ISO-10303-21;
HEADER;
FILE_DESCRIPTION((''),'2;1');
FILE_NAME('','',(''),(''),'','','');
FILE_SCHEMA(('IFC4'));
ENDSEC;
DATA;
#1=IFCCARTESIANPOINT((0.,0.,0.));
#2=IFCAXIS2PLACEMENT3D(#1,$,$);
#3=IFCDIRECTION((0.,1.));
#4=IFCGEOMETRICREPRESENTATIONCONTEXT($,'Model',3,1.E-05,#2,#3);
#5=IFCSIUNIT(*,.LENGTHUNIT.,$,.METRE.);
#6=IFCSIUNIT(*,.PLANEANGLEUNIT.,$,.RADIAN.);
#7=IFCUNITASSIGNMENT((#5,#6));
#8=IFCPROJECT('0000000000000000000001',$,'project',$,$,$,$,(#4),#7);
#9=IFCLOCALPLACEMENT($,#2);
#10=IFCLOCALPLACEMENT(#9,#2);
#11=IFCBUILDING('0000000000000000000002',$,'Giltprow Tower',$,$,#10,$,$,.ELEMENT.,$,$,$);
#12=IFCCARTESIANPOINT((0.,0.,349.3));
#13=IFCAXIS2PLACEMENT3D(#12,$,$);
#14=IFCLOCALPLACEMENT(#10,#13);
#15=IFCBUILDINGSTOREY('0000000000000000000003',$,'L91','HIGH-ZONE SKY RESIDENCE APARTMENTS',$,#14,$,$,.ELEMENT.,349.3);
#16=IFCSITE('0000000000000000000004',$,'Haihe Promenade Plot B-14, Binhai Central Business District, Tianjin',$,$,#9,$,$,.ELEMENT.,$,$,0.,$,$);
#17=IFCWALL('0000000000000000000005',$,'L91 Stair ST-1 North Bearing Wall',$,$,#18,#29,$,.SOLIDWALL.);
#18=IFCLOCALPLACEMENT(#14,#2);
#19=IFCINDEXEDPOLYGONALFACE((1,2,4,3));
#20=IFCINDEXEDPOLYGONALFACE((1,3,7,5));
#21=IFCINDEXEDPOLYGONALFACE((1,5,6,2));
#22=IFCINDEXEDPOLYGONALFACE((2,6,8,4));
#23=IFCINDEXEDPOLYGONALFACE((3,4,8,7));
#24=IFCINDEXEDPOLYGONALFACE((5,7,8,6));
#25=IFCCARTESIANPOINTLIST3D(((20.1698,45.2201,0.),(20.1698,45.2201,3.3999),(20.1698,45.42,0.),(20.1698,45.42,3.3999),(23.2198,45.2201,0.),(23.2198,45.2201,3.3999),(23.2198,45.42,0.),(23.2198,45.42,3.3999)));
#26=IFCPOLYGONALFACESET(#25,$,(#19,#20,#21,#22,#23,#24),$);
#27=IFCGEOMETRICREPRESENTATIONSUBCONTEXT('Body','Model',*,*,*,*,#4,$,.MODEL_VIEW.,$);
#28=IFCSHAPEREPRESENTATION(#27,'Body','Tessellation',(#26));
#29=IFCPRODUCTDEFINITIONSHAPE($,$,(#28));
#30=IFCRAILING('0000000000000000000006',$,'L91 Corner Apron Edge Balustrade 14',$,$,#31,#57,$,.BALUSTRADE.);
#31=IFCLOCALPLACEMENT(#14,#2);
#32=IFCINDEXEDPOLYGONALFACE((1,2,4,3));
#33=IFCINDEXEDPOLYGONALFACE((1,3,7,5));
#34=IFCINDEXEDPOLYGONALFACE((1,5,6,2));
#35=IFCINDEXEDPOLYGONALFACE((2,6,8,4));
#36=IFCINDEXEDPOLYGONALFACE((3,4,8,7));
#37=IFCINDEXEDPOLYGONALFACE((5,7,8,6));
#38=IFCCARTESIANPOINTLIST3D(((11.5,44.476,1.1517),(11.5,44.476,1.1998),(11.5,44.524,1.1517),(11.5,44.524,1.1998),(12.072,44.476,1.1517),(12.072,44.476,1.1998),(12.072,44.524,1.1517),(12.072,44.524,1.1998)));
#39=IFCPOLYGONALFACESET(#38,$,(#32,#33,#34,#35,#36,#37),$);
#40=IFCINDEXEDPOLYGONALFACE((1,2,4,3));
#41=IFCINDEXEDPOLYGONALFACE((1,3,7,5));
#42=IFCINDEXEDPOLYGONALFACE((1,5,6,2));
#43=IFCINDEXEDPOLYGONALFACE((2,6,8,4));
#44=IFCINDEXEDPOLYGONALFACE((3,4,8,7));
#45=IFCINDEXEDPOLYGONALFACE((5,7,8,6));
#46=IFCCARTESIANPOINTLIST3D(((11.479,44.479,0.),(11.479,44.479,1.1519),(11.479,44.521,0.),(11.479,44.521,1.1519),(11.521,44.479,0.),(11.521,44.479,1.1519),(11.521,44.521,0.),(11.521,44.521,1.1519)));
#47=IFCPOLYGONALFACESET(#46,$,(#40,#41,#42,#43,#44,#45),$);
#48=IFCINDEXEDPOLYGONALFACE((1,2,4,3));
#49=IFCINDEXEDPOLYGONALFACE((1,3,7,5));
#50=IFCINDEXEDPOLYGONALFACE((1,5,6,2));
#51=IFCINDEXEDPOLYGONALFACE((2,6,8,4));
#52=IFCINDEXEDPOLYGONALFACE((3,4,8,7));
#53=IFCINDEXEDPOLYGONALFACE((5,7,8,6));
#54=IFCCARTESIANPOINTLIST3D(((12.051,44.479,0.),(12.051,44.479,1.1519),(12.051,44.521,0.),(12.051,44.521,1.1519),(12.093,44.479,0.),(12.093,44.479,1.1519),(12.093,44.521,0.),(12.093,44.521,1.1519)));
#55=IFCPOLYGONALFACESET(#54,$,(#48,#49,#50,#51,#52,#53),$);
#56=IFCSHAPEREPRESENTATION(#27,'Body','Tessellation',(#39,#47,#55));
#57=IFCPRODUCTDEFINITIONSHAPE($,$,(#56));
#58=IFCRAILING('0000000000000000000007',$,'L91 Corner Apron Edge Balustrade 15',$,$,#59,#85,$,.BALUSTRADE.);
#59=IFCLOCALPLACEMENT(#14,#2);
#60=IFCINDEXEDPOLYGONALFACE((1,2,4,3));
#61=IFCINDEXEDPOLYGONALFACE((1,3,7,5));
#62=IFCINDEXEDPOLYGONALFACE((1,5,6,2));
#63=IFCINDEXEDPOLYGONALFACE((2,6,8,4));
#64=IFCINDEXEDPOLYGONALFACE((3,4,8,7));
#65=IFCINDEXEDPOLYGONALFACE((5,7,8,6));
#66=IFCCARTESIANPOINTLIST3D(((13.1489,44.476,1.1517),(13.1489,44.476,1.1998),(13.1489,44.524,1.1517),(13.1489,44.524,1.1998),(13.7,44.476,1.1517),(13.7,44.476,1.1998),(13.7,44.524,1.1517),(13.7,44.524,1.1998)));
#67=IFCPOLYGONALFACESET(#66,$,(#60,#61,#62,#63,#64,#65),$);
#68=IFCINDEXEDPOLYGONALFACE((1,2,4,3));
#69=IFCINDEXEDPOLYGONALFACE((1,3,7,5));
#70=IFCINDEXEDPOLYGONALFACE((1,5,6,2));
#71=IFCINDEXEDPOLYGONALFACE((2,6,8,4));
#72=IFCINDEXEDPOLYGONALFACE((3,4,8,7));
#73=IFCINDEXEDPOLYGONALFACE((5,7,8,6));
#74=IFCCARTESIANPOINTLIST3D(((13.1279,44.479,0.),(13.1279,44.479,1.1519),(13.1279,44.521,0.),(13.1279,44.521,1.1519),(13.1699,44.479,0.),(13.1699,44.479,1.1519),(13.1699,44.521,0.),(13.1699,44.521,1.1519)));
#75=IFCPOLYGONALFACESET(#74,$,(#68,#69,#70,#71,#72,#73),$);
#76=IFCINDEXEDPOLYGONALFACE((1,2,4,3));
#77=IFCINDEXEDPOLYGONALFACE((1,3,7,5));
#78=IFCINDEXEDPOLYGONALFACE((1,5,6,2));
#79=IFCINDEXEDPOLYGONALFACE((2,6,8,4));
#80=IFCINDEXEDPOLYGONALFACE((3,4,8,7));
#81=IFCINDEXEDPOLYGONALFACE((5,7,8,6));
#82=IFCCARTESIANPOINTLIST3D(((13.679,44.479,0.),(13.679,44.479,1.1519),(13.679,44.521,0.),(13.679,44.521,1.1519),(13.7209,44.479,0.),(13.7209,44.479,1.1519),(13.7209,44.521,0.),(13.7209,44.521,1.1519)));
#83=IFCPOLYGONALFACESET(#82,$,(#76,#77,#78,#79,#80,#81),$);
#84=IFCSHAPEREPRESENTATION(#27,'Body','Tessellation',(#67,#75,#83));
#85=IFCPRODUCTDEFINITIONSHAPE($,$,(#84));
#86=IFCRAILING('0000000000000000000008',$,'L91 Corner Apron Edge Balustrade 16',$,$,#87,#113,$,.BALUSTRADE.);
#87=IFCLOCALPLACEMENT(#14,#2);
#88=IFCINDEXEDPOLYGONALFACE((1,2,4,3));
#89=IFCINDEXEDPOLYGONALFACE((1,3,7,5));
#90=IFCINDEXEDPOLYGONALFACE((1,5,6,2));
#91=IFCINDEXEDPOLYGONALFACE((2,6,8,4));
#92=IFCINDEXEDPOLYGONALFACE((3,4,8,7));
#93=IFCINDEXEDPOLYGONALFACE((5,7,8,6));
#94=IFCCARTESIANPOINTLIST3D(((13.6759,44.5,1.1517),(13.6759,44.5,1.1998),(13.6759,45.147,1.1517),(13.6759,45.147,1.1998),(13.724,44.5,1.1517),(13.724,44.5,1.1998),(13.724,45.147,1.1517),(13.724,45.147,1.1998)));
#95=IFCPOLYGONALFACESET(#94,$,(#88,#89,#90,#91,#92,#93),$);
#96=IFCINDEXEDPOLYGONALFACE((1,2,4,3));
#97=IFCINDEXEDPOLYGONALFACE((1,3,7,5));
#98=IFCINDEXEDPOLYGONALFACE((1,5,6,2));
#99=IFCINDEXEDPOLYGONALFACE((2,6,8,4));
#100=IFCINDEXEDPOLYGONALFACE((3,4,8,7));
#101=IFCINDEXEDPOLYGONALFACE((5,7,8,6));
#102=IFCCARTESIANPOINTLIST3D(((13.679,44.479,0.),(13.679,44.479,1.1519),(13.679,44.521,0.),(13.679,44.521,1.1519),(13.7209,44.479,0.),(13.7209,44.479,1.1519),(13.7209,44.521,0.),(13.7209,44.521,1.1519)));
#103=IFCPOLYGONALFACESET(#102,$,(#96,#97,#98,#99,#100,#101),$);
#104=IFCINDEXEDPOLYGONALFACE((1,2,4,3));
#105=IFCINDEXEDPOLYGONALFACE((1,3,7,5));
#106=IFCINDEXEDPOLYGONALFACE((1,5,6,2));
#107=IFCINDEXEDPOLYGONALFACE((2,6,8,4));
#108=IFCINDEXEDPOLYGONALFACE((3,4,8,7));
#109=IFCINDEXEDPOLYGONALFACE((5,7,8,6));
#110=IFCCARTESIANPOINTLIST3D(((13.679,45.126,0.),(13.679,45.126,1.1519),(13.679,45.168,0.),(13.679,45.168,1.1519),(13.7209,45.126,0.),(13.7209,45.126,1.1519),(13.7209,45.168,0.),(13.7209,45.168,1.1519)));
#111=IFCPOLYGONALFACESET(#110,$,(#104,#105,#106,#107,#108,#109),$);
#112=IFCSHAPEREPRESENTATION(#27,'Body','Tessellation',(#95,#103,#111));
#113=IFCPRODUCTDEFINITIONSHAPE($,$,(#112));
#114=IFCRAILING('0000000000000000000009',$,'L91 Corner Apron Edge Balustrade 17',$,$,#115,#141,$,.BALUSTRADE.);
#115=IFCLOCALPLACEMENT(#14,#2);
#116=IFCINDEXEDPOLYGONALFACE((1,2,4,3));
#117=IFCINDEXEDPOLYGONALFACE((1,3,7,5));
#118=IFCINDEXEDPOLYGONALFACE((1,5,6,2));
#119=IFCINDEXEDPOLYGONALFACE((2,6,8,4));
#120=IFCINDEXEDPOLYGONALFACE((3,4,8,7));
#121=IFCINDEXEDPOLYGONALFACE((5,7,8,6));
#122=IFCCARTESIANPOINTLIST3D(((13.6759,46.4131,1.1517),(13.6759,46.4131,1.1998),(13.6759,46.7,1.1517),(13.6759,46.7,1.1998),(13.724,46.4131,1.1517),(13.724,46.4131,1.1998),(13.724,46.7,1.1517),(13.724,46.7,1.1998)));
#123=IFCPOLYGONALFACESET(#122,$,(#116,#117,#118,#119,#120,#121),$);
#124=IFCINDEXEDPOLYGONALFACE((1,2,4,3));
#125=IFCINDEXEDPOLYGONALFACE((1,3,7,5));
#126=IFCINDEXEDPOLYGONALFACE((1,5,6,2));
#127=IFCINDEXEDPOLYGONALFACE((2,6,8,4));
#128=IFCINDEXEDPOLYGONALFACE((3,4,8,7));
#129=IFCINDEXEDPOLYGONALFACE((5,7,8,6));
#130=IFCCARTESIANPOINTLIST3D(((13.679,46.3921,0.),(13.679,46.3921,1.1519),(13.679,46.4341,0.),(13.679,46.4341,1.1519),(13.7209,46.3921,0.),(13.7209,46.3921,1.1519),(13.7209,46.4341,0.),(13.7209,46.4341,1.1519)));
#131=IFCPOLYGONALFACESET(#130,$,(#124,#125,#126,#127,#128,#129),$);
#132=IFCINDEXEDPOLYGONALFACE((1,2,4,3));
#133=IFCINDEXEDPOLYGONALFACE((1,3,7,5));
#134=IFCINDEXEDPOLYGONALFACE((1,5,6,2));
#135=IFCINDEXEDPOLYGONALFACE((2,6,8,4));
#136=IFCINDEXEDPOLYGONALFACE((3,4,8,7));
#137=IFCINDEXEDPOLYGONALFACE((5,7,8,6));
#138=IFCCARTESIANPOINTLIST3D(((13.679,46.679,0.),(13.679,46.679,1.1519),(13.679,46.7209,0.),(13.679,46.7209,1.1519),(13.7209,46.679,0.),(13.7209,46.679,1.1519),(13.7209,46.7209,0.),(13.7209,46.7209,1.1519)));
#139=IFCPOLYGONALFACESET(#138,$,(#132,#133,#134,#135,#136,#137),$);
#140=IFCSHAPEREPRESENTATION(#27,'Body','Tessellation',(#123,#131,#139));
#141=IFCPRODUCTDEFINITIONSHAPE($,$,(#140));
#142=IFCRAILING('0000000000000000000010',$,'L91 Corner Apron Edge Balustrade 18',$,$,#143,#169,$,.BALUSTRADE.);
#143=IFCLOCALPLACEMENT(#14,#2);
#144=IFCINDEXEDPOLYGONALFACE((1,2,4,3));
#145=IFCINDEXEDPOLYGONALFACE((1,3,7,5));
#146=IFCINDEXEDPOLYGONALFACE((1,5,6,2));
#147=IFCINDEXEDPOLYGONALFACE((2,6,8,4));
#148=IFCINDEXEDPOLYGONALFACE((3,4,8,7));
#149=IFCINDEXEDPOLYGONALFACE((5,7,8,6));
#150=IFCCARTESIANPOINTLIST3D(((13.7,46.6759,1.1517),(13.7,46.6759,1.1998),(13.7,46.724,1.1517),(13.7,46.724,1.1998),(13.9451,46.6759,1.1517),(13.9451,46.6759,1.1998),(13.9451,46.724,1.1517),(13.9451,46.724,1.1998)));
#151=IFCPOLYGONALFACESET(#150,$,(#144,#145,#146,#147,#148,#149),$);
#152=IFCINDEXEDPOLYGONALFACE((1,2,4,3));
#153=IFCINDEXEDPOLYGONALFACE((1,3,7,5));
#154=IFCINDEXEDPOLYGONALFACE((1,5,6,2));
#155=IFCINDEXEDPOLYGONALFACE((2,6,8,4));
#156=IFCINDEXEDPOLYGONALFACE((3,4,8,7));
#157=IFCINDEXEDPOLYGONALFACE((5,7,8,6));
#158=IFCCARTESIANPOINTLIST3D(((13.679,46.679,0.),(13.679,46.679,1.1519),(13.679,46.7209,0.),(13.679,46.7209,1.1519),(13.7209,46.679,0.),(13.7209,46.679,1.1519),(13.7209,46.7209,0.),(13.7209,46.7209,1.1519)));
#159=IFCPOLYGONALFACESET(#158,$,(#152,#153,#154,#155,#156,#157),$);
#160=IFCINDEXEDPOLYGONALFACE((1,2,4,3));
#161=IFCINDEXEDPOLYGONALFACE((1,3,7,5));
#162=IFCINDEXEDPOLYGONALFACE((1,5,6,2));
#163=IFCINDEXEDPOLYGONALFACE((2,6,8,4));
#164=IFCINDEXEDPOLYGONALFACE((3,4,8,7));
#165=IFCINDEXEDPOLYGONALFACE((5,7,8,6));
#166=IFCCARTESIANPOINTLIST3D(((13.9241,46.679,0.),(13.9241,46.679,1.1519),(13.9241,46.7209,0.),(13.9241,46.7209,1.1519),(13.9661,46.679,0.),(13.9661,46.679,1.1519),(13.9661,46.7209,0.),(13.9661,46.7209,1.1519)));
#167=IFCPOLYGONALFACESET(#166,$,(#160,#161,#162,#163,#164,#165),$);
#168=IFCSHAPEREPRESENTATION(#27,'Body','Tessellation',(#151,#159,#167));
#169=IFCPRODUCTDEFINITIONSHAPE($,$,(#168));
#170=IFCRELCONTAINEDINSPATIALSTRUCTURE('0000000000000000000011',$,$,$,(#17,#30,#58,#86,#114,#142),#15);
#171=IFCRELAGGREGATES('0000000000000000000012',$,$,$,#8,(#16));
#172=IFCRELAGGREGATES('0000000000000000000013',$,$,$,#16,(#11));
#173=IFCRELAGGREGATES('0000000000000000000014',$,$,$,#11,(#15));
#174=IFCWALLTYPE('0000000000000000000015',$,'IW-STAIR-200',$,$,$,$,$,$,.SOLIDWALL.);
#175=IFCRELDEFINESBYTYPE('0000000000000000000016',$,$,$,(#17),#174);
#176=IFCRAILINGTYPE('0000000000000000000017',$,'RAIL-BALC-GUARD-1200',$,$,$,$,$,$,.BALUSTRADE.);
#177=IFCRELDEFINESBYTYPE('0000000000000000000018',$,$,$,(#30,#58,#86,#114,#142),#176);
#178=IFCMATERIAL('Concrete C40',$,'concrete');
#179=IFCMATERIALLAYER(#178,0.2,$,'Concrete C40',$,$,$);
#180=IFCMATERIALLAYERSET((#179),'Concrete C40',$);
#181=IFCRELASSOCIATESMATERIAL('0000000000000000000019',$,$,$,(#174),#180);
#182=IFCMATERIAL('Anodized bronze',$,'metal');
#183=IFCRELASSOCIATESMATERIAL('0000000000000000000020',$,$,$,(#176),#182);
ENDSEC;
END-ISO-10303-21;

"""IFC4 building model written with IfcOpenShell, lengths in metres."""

from ifc_helpers import new_model, si_unit, direction, frame, frame_2d, origin, origin_2d, place, context, subcontext, project, spatial, rectangle, extrude, material, layer, layer_set, type_object, element, save


model = new_model("IFC4")

# Units and contexts
model_context = context("Model", 3, precision=1e-05, world=origin(), true_north=direction((0.0, 1.0)))
body_context = subcontext(model_context, "Body", "Model", "MODEL_VIEW")
ifc_project = project(units=[si_unit("LENGTHUNIT", "METRE"), si_unit("PLANEANGLEUNIT", "RADIAN")], contexts=[model_context])

# Site, building, storey
site_placement = place(None, origin())
site = spatial("IfcSite", under=ifc_project, at=site_placement, Name="Haihe Promenade Plot B-14, Binhai Central Business District, Tianjin", CompositionType="ELEMENT", RefElevation=0.0)
building_placement = place(site_placement, origin())
building = spatial("IfcBuilding", under=site, at=building_placement, Name="Giltprow Tower", CompositionType="ELEMENT")
storey_placement = place(building_placement, frame((0.0, 0.0, 349.3)))
storey = spatial("IfcBuildingStorey", under=building, at=storey_placement, Name="L91", Description="HIGH-ZONE SKY RESIDENCE APARTMENTS", CompositionType="ELEMENT", Elevation=349.3)

# Wall
ifc_material_1 = material(Name="Concrete C40", Category="concrete")
ifc_layer_1 = layer(ifc_material_1, 0.2, Name="Concrete C40")
ifc_layer_set_1 = layer_set([ifc_layer_1], Name="Concrete C40")
wall_type_1 = type_object("IfcWallType", Name="IW-STAIR-200", PredefinedType="SOLIDWALL", material=ifc_layer_set_1)
wall_1_placement = place(storey_placement, frame((20.1699, 45.3201, 0.0), z_axis=(0.0, 0.0, 1.0), x_axis=(1.0, 0.0, 0.0)))
element("IfcWall", 1, at=wall_1_placement, inside=storey, type_object=wall_type_1, Name="L91 Stair ST-1 North Bearing Wall", PredefinedType="SOLIDWALL", context=body_context, shape_type="SweptSolid", body=[
    extrude(rectangle(XDim=3.05, YDim=0.2, at=frame_2d((1.5249, 0.0))), origin(), (0.0, 0.0, 1.0), 3.3999),
])

# Railings
ifc_material_2 = material(Name="Anodized bronze", Category="metal")
railing_type = type_object("IfcRailingType", Name="RAIL-BALC-GUARD-1200", PredefinedType="BALUSTRADE", material=ifc_material_2)
railing_1_placement = place(storey_placement, frame((11.5, 44.5, 0.0)))
element("IfcRailing", 2, at=railing_1_placement, inside=storey, type_object=railing_type, Name="L91 Corner Apron Edge Balustrade 14", PredefinedType="BALUSTRADE", context=body_context, shape_type="SweptSolid", body=[
    extrude(rectangle(XDim=0.0481, YDim=0.0481, at=origin_2d()), frame((0.0, 0.0, 1.1758), z_axis=(1.0, 0.0, 0.0), x_axis=(0.0, 1.0, 0.0)), (0.0, 0.0, 1.0), 0.572),
    extrude(rectangle(XDim=0.042, YDim=0.042, at=origin_2d()), origin(), (0.0, 0.0, 1.0), 1.1519),
    extrude(rectangle(XDim=0.042, YDim=0.042, at=origin_2d()), frame((0.572, 0.0, 0.0)), (0.0, 0.0, 1.0), 1.1519),
])
railing_2_placement = place(storey_placement, frame((13.1489, 44.5, 0.0)))
element("IfcRailing", 3, at=railing_2_placement, inside=storey, type_object=railing_type, Name="L91 Corner Apron Edge Balustrade 15", PredefinedType="BALUSTRADE", context=body_context, shape_type="SweptSolid", body=[
    extrude(rectangle(XDim=0.0481, YDim=0.0481, at=origin_2d()), frame((0.0, 0.0, 1.1758), z_axis=(1.0, 0.0, 0.0), x_axis=(0.0, 1.0, 0.0)), (0.0, 0.0, 1.0), 0.551),
    extrude(rectangle(XDim=0.042, YDim=0.042, at=origin_2d()), origin(), (0.0, 0.0, 1.0), 1.1519),
    extrude(rectangle(XDim=0.042, YDim=0.042, at=origin_2d()), frame((0.551, 0.0, 0.0)), (0.0, 0.0, 1.0), 1.1519),
])
railing_3_placement = place(storey_placement, frame((13.7, 44.5, 0.0)))
element("IfcRailing", 4, at=railing_3_placement, inside=storey, type_object=railing_type, Name="L91 Corner Apron Edge Balustrade 16", PredefinedType="BALUSTRADE", context=body_context, shape_type="SweptSolid", body=[
    extrude(rectangle(XDim=0.0481, YDim=0.0481, at=origin_2d()), frame((0.0, 0.0, 1.1758), z_axis=(0.0, 1.0, 0.0), x_axis=(-1.0, 0.0, 0.0)), (0.0, 0.0, 1.0), 0.647),
    extrude(rectangle(XDim=0.042, YDim=0.042, at=origin_2d()), origin(), (0.0, 0.0, 1.0), 1.1519),
    extrude(rectangle(XDim=0.042, YDim=0.042, at=origin_2d()), frame((0.0, 0.647, 0.0)), (0.0, 0.0, 1.0), 1.1519),
])
railing_4_placement = place(storey_placement, frame((13.7, 46.4131, 0.0)))
element("IfcRailing", 5, at=railing_4_placement, inside=storey, type_object=railing_type, Name="L91 Corner Apron Edge Balustrade 17", PredefinedType="BALUSTRADE", context=body_context, shape_type="SweptSolid", body=[
    extrude(rectangle(XDim=0.0481, YDim=0.0481, at=origin_2d()), frame((0.0, 0.0, 1.1758), z_axis=(0.0, 1.0, 0.0), x_axis=(-1.0, 0.0, 0.0)), (0.0, 0.0, 1.0), 0.2869),
    extrude(rectangle(XDim=0.042, YDim=0.042, at=origin_2d()), origin(), (0.0, 0.0, 1.0), 1.1519),
    extrude(rectangle(XDim=0.042, YDim=0.042, at=origin_2d()), frame((0.0, 0.2869, 0.0)), (0.0, 0.0, 1.0), 1.1519),
])
railing_5_placement = place(storey_placement, frame((13.7, 46.7, 0.0)))
element("IfcRailing", 6, at=railing_5_placement, inside=storey, type_object=railing_type, Name="L91 Corner Apron Edge Balustrade 18", PredefinedType="BALUSTRADE", context=body_context, shape_type="SweptSolid", body=[
    extrude(rectangle(XDim=0.0481, YDim=0.0481, at=origin_2d()), frame((0.0, 0.0, 1.1758), z_axis=(1.0, 0.0, 0.0), x_axis=(0.0, 1.0, 0.0)), (0.0, 0.0, 1.0), 0.2451),
    extrude(rectangle(XDim=0.042, YDim=0.042, at=origin_2d()), origin(), (0.0, 0.0, 1.0), 1.1519),
    extrude(rectangle(XDim=0.042, YDim=0.042, at=origin_2d()), frame((0.2451, 0.0, 0.0)), (0.0, 0.0, 1.0), 1.1519),
])

save(model, "model.ifc")
